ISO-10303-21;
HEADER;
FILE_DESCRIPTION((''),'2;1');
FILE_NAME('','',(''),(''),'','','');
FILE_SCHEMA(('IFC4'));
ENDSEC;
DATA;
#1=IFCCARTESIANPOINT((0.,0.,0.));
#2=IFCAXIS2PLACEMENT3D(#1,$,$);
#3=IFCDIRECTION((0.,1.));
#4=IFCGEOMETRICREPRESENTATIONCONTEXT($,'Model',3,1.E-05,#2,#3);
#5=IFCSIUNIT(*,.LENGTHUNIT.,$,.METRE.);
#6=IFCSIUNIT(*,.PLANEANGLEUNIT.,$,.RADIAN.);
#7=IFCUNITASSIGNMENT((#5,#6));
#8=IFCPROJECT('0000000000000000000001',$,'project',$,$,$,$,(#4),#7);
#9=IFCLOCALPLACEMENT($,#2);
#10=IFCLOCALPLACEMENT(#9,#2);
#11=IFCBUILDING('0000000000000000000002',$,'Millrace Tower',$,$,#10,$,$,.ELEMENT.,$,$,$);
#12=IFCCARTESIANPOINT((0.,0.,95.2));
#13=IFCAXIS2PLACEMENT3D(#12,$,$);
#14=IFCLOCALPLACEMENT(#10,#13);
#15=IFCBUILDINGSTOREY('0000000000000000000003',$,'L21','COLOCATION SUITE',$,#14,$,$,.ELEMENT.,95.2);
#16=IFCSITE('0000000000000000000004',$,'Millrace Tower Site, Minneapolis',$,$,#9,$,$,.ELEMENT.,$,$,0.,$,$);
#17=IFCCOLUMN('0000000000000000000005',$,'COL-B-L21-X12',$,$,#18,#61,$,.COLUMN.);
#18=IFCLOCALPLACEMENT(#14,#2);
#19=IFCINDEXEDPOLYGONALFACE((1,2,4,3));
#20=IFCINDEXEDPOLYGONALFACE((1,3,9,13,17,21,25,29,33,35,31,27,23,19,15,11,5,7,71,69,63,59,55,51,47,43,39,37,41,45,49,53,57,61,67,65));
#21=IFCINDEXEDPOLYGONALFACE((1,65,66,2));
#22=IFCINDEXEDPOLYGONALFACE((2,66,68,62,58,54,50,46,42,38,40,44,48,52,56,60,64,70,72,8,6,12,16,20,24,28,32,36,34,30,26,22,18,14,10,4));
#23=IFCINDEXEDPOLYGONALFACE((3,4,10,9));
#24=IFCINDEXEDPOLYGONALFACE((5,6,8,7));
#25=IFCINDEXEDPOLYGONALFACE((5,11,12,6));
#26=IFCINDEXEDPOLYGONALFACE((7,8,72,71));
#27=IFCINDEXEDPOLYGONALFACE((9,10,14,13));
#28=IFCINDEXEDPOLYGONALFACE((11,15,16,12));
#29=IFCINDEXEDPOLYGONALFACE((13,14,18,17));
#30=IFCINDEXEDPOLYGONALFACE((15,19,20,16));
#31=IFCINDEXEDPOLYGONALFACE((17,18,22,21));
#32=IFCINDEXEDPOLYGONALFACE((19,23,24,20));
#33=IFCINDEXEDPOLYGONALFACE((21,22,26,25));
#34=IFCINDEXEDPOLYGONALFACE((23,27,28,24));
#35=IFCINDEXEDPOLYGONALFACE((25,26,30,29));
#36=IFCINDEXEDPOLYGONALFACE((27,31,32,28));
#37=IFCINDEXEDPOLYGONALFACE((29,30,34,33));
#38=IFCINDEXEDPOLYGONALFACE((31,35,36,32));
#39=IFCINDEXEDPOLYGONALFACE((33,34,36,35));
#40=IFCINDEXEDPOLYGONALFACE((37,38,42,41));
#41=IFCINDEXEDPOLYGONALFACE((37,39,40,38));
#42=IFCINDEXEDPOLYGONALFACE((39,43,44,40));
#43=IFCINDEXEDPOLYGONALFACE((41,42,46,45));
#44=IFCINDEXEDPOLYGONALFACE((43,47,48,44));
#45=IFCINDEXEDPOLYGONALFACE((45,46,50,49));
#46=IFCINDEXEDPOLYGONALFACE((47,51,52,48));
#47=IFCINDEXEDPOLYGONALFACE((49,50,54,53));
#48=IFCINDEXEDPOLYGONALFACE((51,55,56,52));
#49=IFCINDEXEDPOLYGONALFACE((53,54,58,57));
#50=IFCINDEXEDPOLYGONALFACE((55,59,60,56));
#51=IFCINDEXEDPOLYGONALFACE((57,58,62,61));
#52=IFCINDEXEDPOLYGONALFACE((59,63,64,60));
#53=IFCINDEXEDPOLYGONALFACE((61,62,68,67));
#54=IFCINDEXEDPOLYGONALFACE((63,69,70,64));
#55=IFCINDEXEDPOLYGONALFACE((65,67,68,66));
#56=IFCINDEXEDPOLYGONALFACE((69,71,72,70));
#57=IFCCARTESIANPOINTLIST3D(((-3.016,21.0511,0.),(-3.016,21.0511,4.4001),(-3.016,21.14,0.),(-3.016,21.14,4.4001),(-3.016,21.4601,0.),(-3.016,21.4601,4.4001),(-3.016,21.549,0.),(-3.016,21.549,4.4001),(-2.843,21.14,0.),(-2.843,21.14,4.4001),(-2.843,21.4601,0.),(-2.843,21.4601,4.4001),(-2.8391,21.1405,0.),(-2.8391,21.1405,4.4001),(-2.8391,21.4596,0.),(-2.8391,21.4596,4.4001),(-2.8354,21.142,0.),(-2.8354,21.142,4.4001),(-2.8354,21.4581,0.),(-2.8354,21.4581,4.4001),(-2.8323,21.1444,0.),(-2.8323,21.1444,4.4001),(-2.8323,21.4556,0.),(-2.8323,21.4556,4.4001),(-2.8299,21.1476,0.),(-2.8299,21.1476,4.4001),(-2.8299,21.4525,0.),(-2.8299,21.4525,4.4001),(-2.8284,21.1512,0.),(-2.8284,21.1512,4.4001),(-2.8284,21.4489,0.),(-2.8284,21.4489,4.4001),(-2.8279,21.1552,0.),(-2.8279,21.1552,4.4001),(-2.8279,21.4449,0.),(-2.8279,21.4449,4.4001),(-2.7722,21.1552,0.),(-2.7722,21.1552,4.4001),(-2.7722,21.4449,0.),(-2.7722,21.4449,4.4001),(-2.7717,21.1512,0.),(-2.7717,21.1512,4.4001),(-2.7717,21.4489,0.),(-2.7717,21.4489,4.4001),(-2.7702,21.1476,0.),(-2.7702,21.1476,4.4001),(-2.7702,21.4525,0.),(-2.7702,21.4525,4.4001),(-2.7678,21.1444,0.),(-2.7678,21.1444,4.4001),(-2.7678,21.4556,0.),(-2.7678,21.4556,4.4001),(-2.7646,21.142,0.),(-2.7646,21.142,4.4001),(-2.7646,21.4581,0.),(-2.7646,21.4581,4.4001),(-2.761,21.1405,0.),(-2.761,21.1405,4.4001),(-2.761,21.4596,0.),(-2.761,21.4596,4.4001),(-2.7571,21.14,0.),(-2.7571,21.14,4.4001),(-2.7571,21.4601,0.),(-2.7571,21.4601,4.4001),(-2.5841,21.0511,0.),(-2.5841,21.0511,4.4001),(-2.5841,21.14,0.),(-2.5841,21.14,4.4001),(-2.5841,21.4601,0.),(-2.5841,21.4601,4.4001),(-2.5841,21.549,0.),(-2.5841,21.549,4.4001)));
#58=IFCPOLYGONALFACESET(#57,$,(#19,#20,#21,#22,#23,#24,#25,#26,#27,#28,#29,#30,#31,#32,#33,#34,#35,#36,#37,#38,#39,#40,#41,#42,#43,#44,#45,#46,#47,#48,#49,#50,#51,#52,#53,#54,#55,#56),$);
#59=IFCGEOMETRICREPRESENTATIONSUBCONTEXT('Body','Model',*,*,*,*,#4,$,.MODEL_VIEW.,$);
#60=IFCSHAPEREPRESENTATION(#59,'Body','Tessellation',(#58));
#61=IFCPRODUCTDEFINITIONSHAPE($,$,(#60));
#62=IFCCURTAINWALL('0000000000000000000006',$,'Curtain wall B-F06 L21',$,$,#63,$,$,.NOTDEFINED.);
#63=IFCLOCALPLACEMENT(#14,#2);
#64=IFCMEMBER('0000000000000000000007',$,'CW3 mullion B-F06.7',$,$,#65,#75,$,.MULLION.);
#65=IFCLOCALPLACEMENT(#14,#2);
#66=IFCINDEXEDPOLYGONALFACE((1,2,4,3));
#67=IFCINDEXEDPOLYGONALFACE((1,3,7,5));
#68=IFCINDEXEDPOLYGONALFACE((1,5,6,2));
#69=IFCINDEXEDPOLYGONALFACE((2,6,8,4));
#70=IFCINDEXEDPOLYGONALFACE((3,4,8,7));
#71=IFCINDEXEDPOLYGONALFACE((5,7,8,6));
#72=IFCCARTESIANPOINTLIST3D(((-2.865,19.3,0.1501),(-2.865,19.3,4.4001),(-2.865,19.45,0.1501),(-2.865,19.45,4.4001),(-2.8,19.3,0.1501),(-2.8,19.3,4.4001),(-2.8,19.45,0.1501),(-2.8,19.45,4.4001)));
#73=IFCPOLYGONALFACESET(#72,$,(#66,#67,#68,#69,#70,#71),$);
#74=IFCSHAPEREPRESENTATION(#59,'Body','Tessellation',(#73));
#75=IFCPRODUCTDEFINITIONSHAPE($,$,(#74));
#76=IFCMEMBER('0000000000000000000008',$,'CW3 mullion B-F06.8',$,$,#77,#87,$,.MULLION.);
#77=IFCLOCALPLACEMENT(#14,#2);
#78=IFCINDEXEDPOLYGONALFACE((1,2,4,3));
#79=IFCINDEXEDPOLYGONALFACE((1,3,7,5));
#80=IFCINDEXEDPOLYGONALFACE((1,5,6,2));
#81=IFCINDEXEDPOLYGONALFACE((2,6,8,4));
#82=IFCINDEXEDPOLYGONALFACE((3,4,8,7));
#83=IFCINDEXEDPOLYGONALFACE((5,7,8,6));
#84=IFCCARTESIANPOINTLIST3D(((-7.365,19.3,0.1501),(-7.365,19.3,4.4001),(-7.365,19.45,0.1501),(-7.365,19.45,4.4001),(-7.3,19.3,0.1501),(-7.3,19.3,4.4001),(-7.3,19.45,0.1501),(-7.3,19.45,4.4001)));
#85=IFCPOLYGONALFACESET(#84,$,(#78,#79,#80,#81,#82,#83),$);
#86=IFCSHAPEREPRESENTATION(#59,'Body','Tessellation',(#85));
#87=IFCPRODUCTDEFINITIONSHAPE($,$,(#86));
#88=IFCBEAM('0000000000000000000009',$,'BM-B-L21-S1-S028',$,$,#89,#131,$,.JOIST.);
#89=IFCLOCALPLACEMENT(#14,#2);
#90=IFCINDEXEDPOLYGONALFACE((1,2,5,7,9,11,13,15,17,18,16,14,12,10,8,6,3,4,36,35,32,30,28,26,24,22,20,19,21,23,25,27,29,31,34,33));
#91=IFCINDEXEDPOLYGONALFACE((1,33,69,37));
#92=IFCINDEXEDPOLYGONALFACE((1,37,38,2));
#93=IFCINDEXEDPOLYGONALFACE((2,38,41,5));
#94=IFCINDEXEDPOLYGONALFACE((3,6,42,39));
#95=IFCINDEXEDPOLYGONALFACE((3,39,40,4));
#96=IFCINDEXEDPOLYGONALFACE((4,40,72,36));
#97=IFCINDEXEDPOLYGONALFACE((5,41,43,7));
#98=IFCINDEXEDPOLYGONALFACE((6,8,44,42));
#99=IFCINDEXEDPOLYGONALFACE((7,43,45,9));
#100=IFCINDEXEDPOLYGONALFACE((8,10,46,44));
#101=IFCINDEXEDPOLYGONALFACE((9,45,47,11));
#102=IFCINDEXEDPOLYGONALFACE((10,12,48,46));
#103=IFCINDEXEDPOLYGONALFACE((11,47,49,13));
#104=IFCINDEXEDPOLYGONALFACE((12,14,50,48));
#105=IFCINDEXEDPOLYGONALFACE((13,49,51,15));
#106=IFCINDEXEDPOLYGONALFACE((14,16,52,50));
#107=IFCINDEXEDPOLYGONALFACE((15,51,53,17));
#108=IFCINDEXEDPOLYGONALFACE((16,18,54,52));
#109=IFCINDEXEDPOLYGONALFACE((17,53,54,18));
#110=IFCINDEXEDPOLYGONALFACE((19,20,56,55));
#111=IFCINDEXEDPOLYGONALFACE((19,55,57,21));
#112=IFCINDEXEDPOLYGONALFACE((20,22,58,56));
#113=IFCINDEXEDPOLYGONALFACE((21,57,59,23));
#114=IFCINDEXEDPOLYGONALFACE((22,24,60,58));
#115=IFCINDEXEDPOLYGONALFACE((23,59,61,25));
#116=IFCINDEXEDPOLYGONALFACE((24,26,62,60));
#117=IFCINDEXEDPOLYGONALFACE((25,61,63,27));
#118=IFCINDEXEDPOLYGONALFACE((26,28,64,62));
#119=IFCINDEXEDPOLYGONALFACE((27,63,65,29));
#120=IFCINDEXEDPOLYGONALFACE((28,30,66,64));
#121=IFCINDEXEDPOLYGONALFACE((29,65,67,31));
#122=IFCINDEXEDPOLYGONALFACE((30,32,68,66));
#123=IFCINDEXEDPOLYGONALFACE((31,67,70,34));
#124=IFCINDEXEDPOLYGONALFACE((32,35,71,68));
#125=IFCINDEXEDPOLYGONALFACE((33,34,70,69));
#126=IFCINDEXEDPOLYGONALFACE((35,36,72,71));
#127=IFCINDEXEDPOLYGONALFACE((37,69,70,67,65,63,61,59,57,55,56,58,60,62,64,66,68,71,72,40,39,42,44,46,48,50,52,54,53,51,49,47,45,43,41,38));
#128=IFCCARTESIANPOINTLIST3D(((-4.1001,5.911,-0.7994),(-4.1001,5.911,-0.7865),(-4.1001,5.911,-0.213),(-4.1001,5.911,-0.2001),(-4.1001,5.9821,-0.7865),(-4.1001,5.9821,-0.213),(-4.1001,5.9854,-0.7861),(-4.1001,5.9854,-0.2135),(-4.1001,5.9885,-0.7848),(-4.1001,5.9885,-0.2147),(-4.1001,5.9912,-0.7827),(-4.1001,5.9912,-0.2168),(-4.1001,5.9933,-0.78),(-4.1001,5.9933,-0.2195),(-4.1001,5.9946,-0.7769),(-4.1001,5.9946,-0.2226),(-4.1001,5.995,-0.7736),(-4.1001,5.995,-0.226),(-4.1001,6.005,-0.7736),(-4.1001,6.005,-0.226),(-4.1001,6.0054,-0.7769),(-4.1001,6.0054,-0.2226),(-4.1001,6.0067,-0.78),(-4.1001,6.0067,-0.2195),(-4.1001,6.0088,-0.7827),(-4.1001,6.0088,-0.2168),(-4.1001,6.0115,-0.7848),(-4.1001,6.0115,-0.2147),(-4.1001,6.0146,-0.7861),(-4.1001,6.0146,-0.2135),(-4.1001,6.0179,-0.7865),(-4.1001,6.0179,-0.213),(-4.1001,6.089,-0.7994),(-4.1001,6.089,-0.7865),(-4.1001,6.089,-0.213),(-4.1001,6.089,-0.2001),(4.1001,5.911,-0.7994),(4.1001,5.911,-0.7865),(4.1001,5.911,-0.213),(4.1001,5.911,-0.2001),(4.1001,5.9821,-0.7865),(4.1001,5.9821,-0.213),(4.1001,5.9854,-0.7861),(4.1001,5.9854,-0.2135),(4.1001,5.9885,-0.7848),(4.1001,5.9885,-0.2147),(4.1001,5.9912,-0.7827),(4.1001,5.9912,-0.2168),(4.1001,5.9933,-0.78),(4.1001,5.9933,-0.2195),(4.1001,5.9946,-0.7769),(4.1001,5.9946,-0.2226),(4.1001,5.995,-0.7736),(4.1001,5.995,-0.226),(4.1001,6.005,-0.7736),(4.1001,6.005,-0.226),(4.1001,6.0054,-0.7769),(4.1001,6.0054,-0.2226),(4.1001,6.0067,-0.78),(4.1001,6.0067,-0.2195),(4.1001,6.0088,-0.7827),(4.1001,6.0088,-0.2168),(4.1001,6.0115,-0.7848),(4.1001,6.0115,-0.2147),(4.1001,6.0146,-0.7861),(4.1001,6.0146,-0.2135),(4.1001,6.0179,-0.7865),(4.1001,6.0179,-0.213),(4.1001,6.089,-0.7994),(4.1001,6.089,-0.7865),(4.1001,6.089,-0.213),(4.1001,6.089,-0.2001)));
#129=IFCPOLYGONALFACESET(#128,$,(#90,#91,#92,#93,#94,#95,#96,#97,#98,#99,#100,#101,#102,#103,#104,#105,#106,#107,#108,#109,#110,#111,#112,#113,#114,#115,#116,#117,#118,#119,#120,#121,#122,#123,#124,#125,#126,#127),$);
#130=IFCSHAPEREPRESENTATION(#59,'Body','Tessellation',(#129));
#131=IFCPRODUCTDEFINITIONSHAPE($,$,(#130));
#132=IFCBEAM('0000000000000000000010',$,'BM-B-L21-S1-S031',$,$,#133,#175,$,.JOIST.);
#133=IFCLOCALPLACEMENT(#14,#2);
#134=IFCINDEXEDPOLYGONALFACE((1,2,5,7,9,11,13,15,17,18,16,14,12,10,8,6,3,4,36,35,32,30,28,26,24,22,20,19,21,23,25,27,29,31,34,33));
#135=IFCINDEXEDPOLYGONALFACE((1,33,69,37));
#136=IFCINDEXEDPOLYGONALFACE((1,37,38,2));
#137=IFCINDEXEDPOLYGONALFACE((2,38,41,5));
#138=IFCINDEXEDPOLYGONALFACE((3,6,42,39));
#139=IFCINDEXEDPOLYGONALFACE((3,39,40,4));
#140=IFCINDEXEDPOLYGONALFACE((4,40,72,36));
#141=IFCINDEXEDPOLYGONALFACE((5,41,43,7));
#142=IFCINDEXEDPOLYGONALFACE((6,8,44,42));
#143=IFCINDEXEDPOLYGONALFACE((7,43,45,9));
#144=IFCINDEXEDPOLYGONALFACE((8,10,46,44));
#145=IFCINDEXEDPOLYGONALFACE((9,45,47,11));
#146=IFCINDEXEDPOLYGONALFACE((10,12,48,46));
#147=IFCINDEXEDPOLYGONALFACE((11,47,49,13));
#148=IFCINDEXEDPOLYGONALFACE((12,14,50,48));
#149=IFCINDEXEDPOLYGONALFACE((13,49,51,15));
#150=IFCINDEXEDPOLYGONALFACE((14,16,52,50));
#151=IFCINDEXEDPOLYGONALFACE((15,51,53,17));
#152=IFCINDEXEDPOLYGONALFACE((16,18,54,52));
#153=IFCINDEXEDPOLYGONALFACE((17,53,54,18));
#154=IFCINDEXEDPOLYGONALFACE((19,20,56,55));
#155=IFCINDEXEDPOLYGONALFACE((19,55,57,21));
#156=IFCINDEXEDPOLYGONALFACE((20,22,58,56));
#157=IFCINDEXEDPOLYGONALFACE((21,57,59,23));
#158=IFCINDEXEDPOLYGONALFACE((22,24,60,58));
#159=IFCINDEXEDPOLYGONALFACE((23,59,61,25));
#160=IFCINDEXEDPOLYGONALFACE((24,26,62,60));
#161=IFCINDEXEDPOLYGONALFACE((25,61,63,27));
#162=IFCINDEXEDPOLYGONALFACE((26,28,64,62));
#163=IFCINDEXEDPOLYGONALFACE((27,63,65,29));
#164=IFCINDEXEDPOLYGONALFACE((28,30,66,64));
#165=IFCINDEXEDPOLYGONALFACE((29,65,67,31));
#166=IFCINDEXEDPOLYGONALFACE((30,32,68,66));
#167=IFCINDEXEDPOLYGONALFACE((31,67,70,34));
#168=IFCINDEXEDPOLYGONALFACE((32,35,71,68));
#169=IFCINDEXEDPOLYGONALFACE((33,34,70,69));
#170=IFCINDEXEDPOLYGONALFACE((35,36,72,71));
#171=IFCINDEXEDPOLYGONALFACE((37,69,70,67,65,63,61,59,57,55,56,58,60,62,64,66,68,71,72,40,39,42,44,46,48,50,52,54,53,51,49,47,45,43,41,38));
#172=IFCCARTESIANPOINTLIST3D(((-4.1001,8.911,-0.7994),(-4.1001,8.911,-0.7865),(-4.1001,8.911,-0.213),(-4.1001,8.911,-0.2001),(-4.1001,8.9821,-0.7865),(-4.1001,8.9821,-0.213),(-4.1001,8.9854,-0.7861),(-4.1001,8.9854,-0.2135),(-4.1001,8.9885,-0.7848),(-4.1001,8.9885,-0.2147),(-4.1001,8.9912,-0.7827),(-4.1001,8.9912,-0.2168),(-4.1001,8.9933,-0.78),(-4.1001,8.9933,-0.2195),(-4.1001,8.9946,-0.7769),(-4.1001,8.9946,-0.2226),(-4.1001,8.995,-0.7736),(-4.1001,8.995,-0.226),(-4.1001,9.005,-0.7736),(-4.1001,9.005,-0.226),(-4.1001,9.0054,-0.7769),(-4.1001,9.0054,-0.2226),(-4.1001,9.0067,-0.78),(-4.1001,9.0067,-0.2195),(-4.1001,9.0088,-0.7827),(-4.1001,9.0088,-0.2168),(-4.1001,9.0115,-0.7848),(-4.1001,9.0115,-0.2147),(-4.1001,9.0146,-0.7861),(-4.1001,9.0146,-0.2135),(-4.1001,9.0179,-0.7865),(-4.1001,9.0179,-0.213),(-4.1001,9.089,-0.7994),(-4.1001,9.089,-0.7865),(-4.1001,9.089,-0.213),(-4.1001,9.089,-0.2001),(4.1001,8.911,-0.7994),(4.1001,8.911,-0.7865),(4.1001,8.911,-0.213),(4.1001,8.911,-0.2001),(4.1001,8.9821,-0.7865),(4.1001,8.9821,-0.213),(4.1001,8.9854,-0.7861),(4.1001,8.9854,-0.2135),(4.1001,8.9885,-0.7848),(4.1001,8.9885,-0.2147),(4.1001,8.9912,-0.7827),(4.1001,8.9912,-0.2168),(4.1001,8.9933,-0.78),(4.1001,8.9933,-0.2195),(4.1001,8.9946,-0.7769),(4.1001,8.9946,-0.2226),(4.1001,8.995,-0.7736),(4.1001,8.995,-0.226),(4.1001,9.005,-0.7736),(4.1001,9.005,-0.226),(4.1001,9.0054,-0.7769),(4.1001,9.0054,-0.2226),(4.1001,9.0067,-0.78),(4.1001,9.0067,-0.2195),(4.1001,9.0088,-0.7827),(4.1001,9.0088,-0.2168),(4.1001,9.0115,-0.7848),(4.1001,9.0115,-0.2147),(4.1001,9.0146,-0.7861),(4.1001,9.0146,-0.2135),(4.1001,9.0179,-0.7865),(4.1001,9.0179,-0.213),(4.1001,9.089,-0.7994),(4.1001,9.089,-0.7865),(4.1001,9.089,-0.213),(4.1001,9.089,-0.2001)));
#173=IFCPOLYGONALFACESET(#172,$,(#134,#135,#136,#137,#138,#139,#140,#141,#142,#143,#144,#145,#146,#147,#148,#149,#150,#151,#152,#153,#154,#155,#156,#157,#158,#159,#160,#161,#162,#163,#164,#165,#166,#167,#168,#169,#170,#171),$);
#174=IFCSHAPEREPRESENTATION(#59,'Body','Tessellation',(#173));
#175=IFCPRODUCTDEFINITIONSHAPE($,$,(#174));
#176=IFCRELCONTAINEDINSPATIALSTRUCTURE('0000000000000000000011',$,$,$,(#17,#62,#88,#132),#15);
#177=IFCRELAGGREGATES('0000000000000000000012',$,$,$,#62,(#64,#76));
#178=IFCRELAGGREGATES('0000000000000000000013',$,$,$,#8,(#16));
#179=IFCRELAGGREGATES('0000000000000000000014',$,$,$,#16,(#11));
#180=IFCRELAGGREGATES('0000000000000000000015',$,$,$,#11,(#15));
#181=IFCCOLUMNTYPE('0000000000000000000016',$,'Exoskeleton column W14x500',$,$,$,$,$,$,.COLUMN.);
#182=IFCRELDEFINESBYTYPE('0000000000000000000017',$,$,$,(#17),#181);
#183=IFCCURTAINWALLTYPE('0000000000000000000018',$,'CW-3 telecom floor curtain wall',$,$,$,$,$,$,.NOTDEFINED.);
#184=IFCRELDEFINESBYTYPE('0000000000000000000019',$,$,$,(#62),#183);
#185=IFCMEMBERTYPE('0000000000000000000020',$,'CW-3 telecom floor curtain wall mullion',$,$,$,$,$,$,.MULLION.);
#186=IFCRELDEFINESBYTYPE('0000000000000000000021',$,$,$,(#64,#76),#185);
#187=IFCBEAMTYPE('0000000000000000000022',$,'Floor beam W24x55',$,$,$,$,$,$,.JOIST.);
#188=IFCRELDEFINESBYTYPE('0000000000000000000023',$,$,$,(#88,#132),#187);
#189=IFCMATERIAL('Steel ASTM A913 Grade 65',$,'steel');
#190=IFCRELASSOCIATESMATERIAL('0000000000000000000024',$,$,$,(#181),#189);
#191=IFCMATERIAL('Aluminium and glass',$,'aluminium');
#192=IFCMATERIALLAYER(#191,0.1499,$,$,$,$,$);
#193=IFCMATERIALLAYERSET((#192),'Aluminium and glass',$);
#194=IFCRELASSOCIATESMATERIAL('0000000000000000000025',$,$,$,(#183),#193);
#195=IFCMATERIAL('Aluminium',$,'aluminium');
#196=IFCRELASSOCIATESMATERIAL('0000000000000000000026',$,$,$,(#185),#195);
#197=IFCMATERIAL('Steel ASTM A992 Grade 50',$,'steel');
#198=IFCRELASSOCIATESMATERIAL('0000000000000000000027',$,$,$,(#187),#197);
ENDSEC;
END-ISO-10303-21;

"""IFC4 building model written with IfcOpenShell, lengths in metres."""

from ifc_helpers import new_model, si_unit, direction, frame, origin, origin_2d, place, context, subcontext, project, spatial, rectangle, i_section, extrude, material, layer, layer_set, material_profile, profile_set, type_object, element, aggregate, save


model = new_model("IFC4")

# Units and contexts
model_context = context("Model", 3, precision=1e-05, world=origin(), true_north=direction((0.0, 1.0)))
body_context = subcontext(model_context, "Body", "Model", "MODEL_VIEW")
ifc_project = project(units=[si_unit("LENGTHUNIT", "METRE"), si_unit("PLANEANGLEUNIT", "RADIAN")], contexts=[model_context])

# Site, building, storey
site_placement = place(None, origin())
site = spatial("IfcSite", under=ifc_project, at=site_placement, Name="Millrace Tower Site, Minneapolis", CompositionType="ELEMENT", RefElevation=0.0)
building_placement = place(site_placement, origin())
building = spatial("IfcBuilding", under=site, at=building_placement, Name="Millrace Tower", CompositionType="ELEMENT")
storey_placement = place(building_placement, frame((0.0, 0.0, 95.2)))
storey = spatial("IfcBuildingStorey", under=building, at=storey_placement, Name="L21", Description="COLOCATION SUITE", CompositionType="ELEMENT", Elevation=95.2)

# Column
ifc_material_1 = material(Name="Steel ASTM A913 Grade 65", Category="steel")
ifc_material_profile_1 = material_profile(ifc_material_1, i_section(OverallWidth=0.4319, OverallDepth=0.4978, WebThickness=0.0557, FlangeThickness=0.0889, FilletRadius=0.0151, at=origin_2d()))
ifc_profile_set_1 = profile_set([ifc_material_profile_1], Name="Steel ASTM A913 Grade 65")
column_type = type_object("IfcColumnType", Name="Exoskeleton column W14x500", PredefinedType="COLUMN", material=ifc_profile_set_1)
column_placement = place(storey_placement, frame((-2.8, 21.3, 0.0), z_axis=(0.0, 0.0, 1.0), x_axis=(-1.0, 0.0, 0.0)))
element("IfcColumn", 1, at=column_placement, inside=storey, type_object=column_type, Name="COL-B-L21-X12", PredefinedType="COLUMN", context=body_context, shape_type="SweptSolid", body=[
    extrude(i_section(OverallWidth=0.4319, OverallDepth=0.4978, WebThickness=0.0557, FlangeThickness=0.0889, FilletRadius=0.0151, at=origin_2d()), origin(), (0.0, 0.0, 1.0), 4.4001),
])

# Curtain wall, members
ifc_material_2 = material(Name="Aluminium and glass", Category="aluminium")
ifc_layer_1 = layer(ifc_material_2, 0.1499)
ifc_layer_set_1 = layer_set([ifc_layer_1], Name="Aluminium and glass")
curtain_wall_type = type_object("IfcCurtainWallType", Name="CW-3 telecom floor curtain wall", PredefinedType="NOTDEFINED", material=ifc_layer_set_1)
placement = place(storey_placement, origin())
curtain_wall = element("IfcCurtainWall", 2, at=placement, inside=storey, type_object=curtain_wall_type, Name="Curtain wall B-F06 L21", PredefinedType="NOTDEFINED")
ifc_material_3 = material(Name="Aluminium", Category="aluminium")
ifc_material_profile_2 = material_profile(ifc_material_3, rectangle(XDim=0.0649, YDim=0.1499, at=origin_2d()))
ifc_profile_set_2 = profile_set([ifc_material_profile_2], Name="Aluminium")
member_type = type_object("IfcMemberType", Name="CW-3 telecom floor curtain wall mullion", PredefinedType="MULLION", material=ifc_profile_set_2)
member_1_placement = place(storey_placement, frame((-2.8325, 19.375, 0.1501), z_axis=(0.0, 0.0, 1.0), x_axis=(-1.0, 0.0, 0.0)))
member_1 = element("IfcMember", 3, at=member_1_placement, type_object=member_type, Name="CW3 mullion B-F06.7", PredefinedType="MULLION", context=body_context, shape_type="SweptSolid", body=[
    extrude(rectangle(XDim=0.0649, YDim=0.1499, at=origin_2d()), origin(), (0.0, 0.0, 1.0), 4.25),
])
member_2_placement = place(storey_placement, frame((-7.3325, 19.375, 0.1501), z_axis=(0.0, 0.0, 1.0), x_axis=(-1.0, 0.0, 0.0)))
member_2 = element("IfcMember", 4, at=member_2_placement, type_object=member_type, Name="CW3 mullion B-F06.8", PredefinedType="MULLION", context=body_context, shape_type="SweptSolid", body=[
    extrude(rectangle(XDim=0.0649, YDim=0.1499, at=origin_2d()), origin(), (0.0, 0.0, 1.0), 4.25),
])
aggregate(curtain_wall, [member_1, member_2])

# Beams
ifc_material_4 = material(Name="Steel ASTM A992 Grade 50", Category="steel")
ifc_material_profile_3 = material_profile(ifc_material_4, i_section(OverallWidth=0.178, OverallDepth=0.5994, WebThickness=0.01, FlangeThickness=0.0129, FilletRadius=0.0129, at=origin_2d()))
ifc_profile_set_3 = profile_set([ifc_material_profile_3], Name="Steel ASTM A992 Grade 50")
beam_type_1 = type_object("IfcBeamType", Name="Floor beam W24x55", PredefinedType="JOIST", material=ifc_profile_set_3)
for number, where, z_axis, x_axis, name in (
    (5, (-4.1001, 6.0, -0.4998), (1.0, 0.0, 0.0), (0.0, 1.0, 0.0), "BM-B-L21-S1-S028"),
    (6, (-4.1001, 9.0, -0.4998), (1.0, 0.0, 0.0), (0.0, 1.0, 0.0), "BM-B-L21-S1-S031"),
):
    element("IfcBeam", number, at=place(storey_placement, frame(where, z_axis=z_axis, x_axis=x_axis)), inside=storey, type_object=beam_type_1, Name=name, PredefinedType="JOIST", context=body_context, shape_type="SweptSolid", body=[
        extrude(i_section(OverallWidth=0.178, OverallDepth=0.5994, WebThickness=0.01, FlangeThickness=0.0129, FilletRadius=0.0129, at=origin_2d()), origin(), (0.0, 0.0, 1.0), 8.2002),
    ])

save(model, "model.ifc")
